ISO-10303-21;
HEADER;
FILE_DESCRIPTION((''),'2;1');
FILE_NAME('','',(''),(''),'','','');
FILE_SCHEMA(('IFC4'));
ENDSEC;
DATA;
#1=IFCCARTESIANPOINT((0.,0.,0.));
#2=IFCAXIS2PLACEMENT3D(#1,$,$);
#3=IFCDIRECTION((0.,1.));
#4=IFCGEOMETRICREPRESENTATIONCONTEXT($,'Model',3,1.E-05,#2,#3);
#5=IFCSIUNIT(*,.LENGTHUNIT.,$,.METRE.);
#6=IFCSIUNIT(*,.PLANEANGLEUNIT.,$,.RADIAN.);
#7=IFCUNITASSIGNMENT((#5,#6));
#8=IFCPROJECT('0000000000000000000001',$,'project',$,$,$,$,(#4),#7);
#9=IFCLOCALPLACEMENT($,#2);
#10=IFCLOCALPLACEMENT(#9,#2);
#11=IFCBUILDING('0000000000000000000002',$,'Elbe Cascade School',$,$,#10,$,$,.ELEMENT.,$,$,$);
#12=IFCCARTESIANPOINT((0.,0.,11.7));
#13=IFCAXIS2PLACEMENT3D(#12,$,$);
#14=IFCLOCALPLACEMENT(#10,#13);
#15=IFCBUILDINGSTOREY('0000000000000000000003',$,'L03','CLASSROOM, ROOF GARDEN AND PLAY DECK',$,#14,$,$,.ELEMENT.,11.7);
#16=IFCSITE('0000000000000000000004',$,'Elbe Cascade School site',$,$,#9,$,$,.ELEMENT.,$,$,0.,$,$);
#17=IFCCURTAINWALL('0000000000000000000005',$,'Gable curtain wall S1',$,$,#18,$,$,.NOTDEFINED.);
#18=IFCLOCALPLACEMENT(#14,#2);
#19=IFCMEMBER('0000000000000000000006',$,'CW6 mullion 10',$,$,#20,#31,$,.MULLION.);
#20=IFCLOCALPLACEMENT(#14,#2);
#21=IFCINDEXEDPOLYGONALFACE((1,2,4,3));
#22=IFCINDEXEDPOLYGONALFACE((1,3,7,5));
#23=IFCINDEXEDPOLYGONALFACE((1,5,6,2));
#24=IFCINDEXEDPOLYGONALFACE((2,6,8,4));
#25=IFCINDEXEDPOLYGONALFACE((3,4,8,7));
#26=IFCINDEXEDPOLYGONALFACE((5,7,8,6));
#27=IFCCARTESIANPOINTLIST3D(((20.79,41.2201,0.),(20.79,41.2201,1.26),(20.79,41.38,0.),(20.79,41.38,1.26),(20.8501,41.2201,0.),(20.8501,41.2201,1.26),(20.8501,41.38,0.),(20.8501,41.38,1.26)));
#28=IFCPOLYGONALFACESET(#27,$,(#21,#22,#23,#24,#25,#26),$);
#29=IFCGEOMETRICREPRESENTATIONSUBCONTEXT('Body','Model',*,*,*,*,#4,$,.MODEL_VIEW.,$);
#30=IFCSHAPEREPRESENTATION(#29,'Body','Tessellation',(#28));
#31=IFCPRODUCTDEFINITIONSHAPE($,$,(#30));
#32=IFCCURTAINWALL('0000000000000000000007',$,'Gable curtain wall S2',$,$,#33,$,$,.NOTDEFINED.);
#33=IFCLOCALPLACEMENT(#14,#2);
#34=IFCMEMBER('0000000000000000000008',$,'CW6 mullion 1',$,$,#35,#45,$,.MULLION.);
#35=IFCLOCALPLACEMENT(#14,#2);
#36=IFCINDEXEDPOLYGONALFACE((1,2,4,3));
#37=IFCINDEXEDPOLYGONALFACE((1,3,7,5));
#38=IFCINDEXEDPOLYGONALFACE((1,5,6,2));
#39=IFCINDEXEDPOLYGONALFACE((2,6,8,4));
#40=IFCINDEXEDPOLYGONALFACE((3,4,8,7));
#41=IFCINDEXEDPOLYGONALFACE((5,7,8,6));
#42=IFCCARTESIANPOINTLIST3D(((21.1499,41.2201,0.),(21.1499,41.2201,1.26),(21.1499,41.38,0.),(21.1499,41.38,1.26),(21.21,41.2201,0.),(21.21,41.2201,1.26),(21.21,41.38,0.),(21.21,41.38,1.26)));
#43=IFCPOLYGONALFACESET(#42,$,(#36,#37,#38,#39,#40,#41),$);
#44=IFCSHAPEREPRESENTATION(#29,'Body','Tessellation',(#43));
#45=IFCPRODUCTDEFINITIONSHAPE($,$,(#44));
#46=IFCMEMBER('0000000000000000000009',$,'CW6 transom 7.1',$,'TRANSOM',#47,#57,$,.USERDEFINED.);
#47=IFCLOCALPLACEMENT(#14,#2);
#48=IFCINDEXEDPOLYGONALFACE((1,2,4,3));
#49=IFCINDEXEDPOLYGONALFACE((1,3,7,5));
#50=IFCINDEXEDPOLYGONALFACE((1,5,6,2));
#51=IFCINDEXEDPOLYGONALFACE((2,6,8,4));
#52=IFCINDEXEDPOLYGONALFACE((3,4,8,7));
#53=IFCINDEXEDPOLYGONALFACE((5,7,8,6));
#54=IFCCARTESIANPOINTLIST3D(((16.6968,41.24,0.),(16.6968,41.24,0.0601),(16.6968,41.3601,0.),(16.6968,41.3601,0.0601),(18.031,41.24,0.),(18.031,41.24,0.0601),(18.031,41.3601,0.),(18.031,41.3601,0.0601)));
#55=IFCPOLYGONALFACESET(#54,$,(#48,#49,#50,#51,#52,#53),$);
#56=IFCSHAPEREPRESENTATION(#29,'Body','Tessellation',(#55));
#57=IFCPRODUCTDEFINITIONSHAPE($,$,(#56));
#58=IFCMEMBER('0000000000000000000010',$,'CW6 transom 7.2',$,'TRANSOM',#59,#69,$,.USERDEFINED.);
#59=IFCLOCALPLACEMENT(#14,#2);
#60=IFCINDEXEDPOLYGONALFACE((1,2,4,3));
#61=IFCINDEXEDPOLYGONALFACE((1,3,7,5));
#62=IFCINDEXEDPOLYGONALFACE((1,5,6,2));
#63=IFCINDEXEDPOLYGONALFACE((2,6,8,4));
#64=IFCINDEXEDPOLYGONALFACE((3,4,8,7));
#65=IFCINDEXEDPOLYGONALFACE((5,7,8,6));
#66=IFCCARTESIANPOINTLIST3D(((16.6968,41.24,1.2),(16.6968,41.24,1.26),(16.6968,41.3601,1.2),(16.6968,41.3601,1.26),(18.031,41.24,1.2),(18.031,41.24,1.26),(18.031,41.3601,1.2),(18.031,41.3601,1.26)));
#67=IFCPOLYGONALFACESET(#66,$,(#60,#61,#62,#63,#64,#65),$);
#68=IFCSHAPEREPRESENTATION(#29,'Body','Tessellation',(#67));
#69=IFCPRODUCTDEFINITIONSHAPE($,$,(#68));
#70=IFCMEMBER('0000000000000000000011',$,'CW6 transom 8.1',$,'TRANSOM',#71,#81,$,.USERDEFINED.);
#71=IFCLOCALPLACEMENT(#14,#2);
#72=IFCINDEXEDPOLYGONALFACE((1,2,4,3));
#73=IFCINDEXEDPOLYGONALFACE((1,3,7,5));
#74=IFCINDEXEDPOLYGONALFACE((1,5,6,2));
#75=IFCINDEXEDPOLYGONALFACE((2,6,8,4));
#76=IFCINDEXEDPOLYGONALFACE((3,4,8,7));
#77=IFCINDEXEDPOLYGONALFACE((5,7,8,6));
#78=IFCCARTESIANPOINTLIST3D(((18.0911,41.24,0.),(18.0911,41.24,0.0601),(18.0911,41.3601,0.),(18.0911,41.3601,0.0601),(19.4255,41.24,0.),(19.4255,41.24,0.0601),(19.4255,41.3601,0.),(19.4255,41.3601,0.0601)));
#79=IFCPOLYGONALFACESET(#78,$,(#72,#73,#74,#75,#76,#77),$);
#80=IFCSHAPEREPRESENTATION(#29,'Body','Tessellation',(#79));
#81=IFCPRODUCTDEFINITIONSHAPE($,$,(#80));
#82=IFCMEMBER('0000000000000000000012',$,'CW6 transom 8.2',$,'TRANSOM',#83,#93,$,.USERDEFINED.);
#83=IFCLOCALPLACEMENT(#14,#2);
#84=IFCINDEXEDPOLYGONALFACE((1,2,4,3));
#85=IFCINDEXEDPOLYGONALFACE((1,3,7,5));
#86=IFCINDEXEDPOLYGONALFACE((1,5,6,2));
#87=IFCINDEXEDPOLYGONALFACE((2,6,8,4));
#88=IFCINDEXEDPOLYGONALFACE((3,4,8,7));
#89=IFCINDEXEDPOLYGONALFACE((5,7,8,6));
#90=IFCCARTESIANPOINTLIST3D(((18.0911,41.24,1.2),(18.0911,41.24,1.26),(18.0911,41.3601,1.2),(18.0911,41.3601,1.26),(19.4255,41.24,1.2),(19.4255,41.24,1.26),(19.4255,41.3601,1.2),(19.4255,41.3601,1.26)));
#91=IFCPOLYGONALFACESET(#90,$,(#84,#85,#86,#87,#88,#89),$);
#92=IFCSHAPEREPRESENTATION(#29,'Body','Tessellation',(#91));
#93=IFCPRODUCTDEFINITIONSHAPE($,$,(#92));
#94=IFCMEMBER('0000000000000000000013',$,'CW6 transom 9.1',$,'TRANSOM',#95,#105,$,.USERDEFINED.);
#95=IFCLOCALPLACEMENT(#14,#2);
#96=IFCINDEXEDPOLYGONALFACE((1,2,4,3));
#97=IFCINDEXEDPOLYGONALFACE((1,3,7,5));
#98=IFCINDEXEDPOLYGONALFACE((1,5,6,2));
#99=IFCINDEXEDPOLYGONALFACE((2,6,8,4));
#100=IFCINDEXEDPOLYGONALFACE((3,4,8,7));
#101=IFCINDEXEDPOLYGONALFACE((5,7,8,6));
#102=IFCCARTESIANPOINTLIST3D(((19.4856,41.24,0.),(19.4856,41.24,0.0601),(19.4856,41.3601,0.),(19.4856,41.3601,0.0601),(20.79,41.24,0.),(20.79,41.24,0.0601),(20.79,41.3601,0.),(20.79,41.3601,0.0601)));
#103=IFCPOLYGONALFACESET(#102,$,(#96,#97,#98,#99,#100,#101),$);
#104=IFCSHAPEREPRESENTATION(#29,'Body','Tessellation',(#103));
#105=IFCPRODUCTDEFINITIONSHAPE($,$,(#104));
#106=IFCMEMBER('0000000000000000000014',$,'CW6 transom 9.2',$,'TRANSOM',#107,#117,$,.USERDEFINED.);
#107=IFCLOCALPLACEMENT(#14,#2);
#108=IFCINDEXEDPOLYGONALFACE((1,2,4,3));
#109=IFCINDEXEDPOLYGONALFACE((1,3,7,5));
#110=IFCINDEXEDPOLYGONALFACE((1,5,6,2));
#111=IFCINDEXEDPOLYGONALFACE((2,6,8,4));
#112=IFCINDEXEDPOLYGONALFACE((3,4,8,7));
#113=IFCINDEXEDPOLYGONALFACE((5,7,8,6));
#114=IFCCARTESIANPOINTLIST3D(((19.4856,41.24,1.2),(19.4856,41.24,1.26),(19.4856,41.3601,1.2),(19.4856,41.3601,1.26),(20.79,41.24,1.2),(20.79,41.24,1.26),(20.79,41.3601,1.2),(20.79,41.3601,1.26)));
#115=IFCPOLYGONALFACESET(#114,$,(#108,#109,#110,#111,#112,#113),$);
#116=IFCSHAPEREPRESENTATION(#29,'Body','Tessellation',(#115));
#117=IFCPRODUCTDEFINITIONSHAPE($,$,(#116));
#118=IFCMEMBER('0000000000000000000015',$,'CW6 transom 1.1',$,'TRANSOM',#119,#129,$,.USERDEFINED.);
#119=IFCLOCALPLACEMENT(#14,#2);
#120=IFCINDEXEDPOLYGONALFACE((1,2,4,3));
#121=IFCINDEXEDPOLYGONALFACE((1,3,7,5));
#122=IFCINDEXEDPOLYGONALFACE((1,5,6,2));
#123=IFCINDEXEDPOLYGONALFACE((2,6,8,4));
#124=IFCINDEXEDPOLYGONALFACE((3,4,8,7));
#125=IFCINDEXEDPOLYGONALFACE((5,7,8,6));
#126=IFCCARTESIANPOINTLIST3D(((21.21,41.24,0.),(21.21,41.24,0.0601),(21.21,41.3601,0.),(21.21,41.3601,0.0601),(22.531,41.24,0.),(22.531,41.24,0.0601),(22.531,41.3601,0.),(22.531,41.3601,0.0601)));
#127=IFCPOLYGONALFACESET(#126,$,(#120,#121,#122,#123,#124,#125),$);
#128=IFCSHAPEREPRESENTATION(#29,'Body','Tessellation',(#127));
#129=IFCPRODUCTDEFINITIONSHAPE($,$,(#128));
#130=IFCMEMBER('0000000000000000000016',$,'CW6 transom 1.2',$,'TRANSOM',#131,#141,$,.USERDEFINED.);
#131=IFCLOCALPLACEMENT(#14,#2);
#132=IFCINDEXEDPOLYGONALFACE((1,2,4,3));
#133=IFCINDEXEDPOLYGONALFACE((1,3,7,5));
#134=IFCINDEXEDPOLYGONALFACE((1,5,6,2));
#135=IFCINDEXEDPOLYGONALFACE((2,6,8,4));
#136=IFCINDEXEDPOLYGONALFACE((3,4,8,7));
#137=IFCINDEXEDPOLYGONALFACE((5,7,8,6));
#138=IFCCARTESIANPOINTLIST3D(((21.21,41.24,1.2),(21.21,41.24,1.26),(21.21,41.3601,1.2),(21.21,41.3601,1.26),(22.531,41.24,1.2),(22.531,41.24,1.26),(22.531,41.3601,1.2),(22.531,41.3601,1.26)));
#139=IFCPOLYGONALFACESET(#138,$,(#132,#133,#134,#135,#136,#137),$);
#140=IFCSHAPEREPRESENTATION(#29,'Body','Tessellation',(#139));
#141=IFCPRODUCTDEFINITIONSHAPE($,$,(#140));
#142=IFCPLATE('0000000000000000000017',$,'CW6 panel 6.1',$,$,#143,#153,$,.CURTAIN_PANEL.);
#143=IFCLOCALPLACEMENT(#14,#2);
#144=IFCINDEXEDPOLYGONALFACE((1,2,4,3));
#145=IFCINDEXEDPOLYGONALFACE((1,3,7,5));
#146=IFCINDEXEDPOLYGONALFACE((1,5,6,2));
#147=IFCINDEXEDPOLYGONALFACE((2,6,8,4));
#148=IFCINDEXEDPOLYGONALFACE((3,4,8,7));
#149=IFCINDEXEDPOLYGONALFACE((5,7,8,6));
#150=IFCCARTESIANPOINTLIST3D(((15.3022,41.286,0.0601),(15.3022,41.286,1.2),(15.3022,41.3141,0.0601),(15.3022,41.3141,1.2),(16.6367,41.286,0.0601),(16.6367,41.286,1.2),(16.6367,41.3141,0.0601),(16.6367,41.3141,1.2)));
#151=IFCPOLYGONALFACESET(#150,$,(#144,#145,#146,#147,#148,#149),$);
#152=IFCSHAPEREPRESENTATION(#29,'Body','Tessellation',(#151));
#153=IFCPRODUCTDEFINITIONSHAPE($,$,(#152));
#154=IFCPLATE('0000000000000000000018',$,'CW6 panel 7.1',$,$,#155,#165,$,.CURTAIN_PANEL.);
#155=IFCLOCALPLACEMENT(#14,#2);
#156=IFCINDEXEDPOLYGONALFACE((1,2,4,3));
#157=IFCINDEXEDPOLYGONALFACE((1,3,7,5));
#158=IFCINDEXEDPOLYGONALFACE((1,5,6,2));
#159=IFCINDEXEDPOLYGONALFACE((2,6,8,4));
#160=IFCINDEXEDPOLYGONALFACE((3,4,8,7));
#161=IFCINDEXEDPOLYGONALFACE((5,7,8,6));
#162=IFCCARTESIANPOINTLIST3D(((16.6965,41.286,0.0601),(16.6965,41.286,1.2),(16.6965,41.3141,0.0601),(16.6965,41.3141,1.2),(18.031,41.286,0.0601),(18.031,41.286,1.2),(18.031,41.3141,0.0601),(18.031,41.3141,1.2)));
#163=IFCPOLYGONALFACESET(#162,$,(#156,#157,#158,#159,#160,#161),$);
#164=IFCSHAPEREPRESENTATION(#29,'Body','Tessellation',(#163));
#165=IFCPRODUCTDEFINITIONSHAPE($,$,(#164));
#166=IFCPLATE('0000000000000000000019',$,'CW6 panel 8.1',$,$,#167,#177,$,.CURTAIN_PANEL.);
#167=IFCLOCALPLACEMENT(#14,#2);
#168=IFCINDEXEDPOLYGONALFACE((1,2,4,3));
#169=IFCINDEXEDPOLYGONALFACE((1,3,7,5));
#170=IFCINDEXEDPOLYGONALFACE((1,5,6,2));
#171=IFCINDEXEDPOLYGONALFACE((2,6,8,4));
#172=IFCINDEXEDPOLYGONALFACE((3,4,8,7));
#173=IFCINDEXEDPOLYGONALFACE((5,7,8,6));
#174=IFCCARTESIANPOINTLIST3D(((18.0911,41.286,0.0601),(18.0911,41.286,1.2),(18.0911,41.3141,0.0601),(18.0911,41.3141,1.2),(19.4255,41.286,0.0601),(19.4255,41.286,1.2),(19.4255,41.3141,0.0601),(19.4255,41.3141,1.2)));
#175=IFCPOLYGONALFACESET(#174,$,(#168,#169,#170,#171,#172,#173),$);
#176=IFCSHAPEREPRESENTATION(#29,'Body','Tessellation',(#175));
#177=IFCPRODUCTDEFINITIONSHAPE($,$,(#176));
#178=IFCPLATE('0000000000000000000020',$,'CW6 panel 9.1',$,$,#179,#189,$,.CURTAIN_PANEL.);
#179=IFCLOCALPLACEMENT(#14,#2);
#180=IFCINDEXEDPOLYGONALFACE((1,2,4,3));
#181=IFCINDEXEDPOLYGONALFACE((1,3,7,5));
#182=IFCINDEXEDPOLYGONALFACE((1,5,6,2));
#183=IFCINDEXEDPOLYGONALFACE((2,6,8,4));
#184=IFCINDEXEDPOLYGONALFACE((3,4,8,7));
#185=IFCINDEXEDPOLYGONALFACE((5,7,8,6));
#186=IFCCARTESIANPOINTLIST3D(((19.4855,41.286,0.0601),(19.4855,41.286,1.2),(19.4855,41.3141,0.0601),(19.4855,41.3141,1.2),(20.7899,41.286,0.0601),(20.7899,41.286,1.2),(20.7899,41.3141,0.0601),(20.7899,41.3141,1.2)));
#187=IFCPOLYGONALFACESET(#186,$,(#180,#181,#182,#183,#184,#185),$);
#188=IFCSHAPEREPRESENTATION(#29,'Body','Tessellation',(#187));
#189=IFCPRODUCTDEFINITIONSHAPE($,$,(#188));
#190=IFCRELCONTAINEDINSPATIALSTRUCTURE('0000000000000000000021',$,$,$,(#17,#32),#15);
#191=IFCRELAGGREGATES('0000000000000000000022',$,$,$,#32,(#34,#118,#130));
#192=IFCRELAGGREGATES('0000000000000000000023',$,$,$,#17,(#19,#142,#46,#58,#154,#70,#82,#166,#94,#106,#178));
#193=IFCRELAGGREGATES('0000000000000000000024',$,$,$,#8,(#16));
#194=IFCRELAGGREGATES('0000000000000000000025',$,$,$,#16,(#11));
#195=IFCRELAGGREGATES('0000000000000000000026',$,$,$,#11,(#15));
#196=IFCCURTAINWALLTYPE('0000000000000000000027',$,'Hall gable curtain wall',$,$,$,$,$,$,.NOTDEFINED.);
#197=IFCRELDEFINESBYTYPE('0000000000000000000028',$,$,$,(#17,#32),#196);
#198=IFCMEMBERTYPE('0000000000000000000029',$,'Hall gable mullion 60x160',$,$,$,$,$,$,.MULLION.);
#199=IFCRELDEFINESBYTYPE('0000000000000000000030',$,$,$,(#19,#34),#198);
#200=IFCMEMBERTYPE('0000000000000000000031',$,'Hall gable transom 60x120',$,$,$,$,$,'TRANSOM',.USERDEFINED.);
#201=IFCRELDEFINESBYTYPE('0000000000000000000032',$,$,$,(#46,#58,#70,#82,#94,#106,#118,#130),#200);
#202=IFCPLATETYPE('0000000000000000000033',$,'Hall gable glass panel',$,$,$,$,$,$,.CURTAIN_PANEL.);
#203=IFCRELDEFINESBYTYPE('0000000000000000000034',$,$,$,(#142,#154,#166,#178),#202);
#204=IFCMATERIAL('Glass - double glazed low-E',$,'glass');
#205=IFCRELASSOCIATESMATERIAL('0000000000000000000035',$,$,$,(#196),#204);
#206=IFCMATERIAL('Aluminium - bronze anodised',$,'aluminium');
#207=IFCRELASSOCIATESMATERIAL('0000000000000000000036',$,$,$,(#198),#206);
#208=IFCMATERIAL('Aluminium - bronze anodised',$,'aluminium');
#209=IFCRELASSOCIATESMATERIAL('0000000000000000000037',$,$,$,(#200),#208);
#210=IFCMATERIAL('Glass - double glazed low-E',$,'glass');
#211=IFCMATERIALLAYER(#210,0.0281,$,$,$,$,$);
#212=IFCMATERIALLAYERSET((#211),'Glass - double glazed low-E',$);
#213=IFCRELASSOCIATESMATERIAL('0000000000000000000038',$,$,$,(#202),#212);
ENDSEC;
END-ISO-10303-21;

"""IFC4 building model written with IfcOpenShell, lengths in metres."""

from ifc_helpers import new_model, si_unit, direction, frame, origin, origin_2d, place, context, subcontext, project, spatial, rectangle, extrude, material, layer, layer_set, material_profile, profile_set, type_object, element, aggregate, save


model = new_model("IFC4")

# Units and contexts
model_context = context("Model", 3, precision=1e-05, world=origin(), true_north=direction((0.0, 1.0)))
body_context = subcontext(model_context, "Body", "Model", "MODEL_VIEW")
ifc_project = project(units=[si_unit("LENGTHUNIT", "METRE"), si_unit("PLANEANGLEUNIT", "RADIAN")], contexts=[model_context])

# Site, building, storey
site_placement = place(None, origin())
site = spatial("IfcSite", under=ifc_project, at=site_placement, Name="Elbe Cascade School site", CompositionType="ELEMENT", RefElevation=0.0)
building_placement = place(site_placement, origin())
building = spatial("IfcBuilding", under=site, at=building_placement, Name="Elbe Cascade School", CompositionType="ELEMENT")
storey_placement = place(building_placement, frame((0.0, 0.0, 11.7)))
storey = spatial("IfcBuildingStorey", under=building, at=storey_placement, Name="L03", Description="CLASSROOM, ROOF GARDEN AND PLAY DECK", CompositionType="ELEMENT", Elevation=11.7)

# Curtain wall, member
ifc_material_1 = material(Name="Glass - double glazed low-E", Category="glass")
curtain_wall_type = type_object("IfcCurtainWallType", Name="Hall gable curtain wall", PredefinedType="NOTDEFINED", material=ifc_material_1)
curtain_wall_1_placement = place(storey_placement, origin())
curtain_wall_1 = element("IfcCurtainWall", 1, at=curtain_wall_1_placement, inside=storey, type_object=curtain_wall_type, Name="Gable curtain wall S1", PredefinedType="NOTDEFINED")
ifc_material_2 = material(Name="Aluminium - bronze anodised", Category="aluminium")
ifc_material_profile_1 = material_profile(ifc_material_2, rectangle(XDim=0.1599, YDim=0.0601, at=origin_2d()), Name="Alu 60x160")
ifc_profile_set_1 = profile_set([ifc_material_profile_1], Name="Aluminium - bronze anodised")
member_type_1 = type_object("IfcMemberType", Name="Hall gable mullion 60x160", PredefinedType="MULLION", material=ifc_profile_set_1)
member_1_placement = place(storey_placement, frame((20.8201, 41.3, 0.0), z_axis=(0.0, 0.0, 1.0), x_axis=(0.0, 1.0, 0.0)))
member_1 = element("IfcMember", 2, at=member_1_placement, type_object=member_type_1, Name="CW6 mullion 10", PredefinedType="MULLION", context=body_context, shape_type="SweptSolid", body=[
    extrude(rectangle(XDim=0.1599, YDim=0.0601, at=origin_2d()), origin(), (0.0, 0.0, 1.0), 1.26),
])

# Curtain wall, member
curtain_wall_2_placement = place(storey_placement, origin())
curtain_wall_2 = element("IfcCurtainWall", 3, at=curtain_wall_2_placement, inside=storey, type_object=curtain_wall_type, Name="Gable curtain wall S2", PredefinedType="NOTDEFINED")
member_2_placement = place(storey_placement, frame((21.1799, 41.3, 0.0), z_axis=(0.0, 0.0, 1.0), x_axis=(0.0, 1.0, 0.0)))
member_2 = element("IfcMember", 4, at=member_2_placement, type_object=member_type_1, Name="CW6 mullion 1", PredefinedType="MULLION", context=body_context, shape_type="SweptSolid", body=[
    extrude(rectangle(XDim=0.1599, YDim=0.0601, at=origin_2d()), origin(), (0.0, 0.0, 1.0), 1.26),
])

# Members
ifc_material_3 = material(Name="Aluminium - bronze anodised", Category="aluminium")
ifc_material_profile_2 = material_profile(ifc_material_3, rectangle(XDim=0.1201, YDim=0.0601, at=origin_2d()), Name="Alu 60x120")
ifc_profile_set_2 = profile_set([ifc_material_profile_2], Name="Aluminium - bronze anodised")
member_type_2 = type_object("IfcMemberType", Name="Hall gable transom 60x120", ElementType="TRANSOM", PredefinedType="USERDEFINED", material=ifc_profile_set_2)
member_3_placement = place(storey_placement, frame((16.6968, 41.3, 0.03), z_axis=(1.0, 0.0, 0.0), x_axis=(0.0, 1.0, 0.0)))
member_3 = element("IfcMember", 5, at=member_3_placement, type_object=member_type_2, Name="CW6 transom 7.1", ObjectType="TRANSOM", PredefinedType="USERDEFINED", context=body_context, shape_type="SweptSolid", body=[
    extrude(rectangle(XDim=0.1201, YDim=0.0601, at=origin_2d()), origin(), (0.0, 0.0, 1.0), 1.3342),
])
member_4_placement = place(storey_placement, frame((16.6968, 41.3, 1.23), z_axis=(1.0, 0.0, 0.0), x_axis=(0.0, 1.0, 0.0)))
member_4 = element("IfcMember", 6, at=member_4_placement, type_object=member_type_2, Name="CW6 transom 7.2", ObjectType="TRANSOM", PredefinedType="USERDEFINED", context=body_context, shape_type="SweptSolid", body=[
    extrude(rectangle(XDim=0.1201, YDim=0.0601, at=origin_2d()), origin(), (0.0, 0.0, 1.0), 1.3342),
])
member_5_placement = place(storey_placement, frame((18.0911, 41.3, 0.03), z_axis=(1.0, 0.0, 0.0), x_axis=(0.0, 1.0, 0.0)))
member_5 = element("IfcMember", 7, at=member_5_placement, type_object=member_type_2, Name="CW6 transom 8.1", ObjectType="TRANSOM", PredefinedType="USERDEFINED", context=body_context, shape_type="SweptSolid", body=[
    extrude(rectangle(XDim=0.1201, YDim=0.0601, at=origin_2d()), origin(), (0.0, 0.0, 1.0), 1.3345),
])
member_6_placement = place(storey_placement, frame((18.0911, 41.3, 1.23), z_axis=(1.0, 0.0, 0.0), x_axis=(0.0, 1.0, 0.0)))
member_6 = element("IfcMember", 8, at=member_6_placement, type_object=member_type_2, Name="CW6 transom 8.2", ObjectType="TRANSOM", PredefinedType="USERDEFINED", context=body_context, shape_type="SweptSolid", body=[
    extrude(rectangle(XDim=0.1201, YDim=0.0601, at=origin_2d()), origin(), (0.0, 0.0, 1.0), 1.3345),
])
member_7_placement = place(storey_placement, frame((19.4856, 41.3, 0.03), z_axis=(1.0, 0.0, 0.0), x_axis=(0.0, 1.0, 0.0)))
member_7 = element("IfcMember", 9, at=member_7_placement, type_object=member_type_2, Name="CW6 transom 9.1", ObjectType="TRANSOM", PredefinedType="USERDEFINED", context=body_context, shape_type="SweptSolid", body=[
    extrude(rectangle(XDim=0.1201, YDim=0.0601, at=origin_2d()), origin(), (0.0, 0.0, 1.0), 1.3044),
])
member_8_placement = place(storey_placement, frame((19.4856, 41.3, 1.23), z_axis=(1.0, 0.0, 0.0), x_axis=(0.0, 1.0, 0.0)))
member_8 = element("IfcMember", 10, at=member_8_placement, type_object=member_type_2, Name="CW6 transom 9.2", ObjectType="TRANSOM", PredefinedType="USERDEFINED", context=body_context, shape_type="SweptSolid", body=[
    extrude(rectangle(XDim=0.1201, YDim=0.0601, at=origin_2d()), origin(), (0.0, 0.0, 1.0), 1.3044),
])
member_9_placement = place(storey_placement, frame((21.21, 41.3, 0.03), z_axis=(1.0, 0.0, 0.0), x_axis=(0.0, 1.0, 0.0)))
member_9 = element("IfcMember", 11, at=member_9_placement, type_object=member_type_2, Name="CW6 transom 1.1", ObjectType="TRANSOM", PredefinedType="USERDEFINED", context=body_context, shape_type="SweptSolid", body=[
    extrude(rectangle(XDim=0.1201, YDim=0.0601, at=origin_2d()), origin(), (0.0, 0.0, 1.0), 1.321),
])
member_10_placement = place(storey_placement, frame((21.21, 41.3, 1.23), z_axis=(1.0, 0.0, 0.0), x_axis=(0.0, 1.0, 0.0)))
member_10 = element("IfcMember", 12, at=member_10_placement, type_object=member_type_2, Name="CW6 transom 1.2", ObjectType="TRANSOM", PredefinedType="USERDEFINED", context=body_context, shape_type="SweptSolid", body=[
    extrude(rectangle(XDim=0.1201, YDim=0.0601, at=origin_2d()), origin(), (0.0, 0.0, 1.0), 1.321),
])
aggregate(curtain_wall_2, [member_2, member_9, member_10])

# Plates
ifc_material_4 = material(Name="Glass - double glazed low-E", Category="glass")
ifc_layer_1 = layer(ifc_material_4, 0.0281)
ifc_layer_set_1 = layer_set([ifc_layer_1], Name="Glass - double glazed low-E")
plate_type_1 = type_object("IfcPlateType", Name="Hall gable glass panel", PredefinedType="CURTAIN_PANEL", material=ifc_layer_set_1)
plate_1_placement = place(storey_placement, frame((15.9695, 41.3, 0.0601), z_axis=(0.0, 0.0, 1.0), x_axis=(1.0, 0.0, 0.0)))
plate_1 = element("IfcPlate", 13, at=plate_1_placement, type_object=plate_type_1, Name="CW6 panel 6.1", PredefinedType="CURTAIN_PANEL", context=body_context, shape_type="SweptSolid", body=[
    extrude(rectangle(XDim=1.3345, YDim=0.0281, at=origin_2d()), origin(), (0.0, 0.0, 1.0), 1.1399),
])
plate_2_placement = place(storey_placement, frame((17.3638, 41.3, 0.0601), z_axis=(0.0, 0.0, 1.0), x_axis=(1.0, 0.0, 0.0)))
plate_2 = element("IfcPlate", 14, at=plate_2_placement, type_object=plate_type_1, Name="CW6 panel 7.1", PredefinedType="CURTAIN_PANEL", context=body_context, shape_type="SweptSolid", body=[
    extrude(rectangle(XDim=1.3345, YDim=0.0281, at=origin_2d()), origin(), (0.0, 0.0, 1.0), 1.1399),
])
plate_3_placement = place(storey_placement, frame((18.7583, 41.3, 0.0601), z_axis=(0.0, 0.0, 1.0), x_axis=(1.0, 0.0, 0.0)))
plate_3 = element("IfcPlate", 15, at=plate_3_placement, type_object=plate_type_1, Name="CW6 panel 8.1", PredefinedType="CURTAIN_PANEL", context=body_context, shape_type="SweptSolid", body=[
    extrude(rectangle(XDim=1.3345, YDim=0.0281, at=origin_2d()), origin(), (0.0, 0.0, 1.0), 1.1399),
])
plate_4_placement = place(storey_placement, frame((20.1377, 41.3, 0.0601), z_axis=(0.0, 0.0, 1.0), x_axis=(1.0, 0.0, 0.0)))
plate_4 = element("IfcPlate", 16, at=plate_4_placement, type_object=plate_type_1, Name="CW6 panel 9.1", PredefinedType="CURTAIN_PANEL", context=body_context, shape_type="SweptSolid", body=[
    extrude(rectangle(XDim=1.3044, YDim=0.0281, at=origin_2d()), origin(), (0.0, 0.0, 1.0), 1.1399),
])
aggregate(curtain_wall_1, [member_1, plate_1, member_3, member_4, plate_2, member_5, member_6, plate_3, member_7, member_8, plate_4])

save(model, "model.ifc")
